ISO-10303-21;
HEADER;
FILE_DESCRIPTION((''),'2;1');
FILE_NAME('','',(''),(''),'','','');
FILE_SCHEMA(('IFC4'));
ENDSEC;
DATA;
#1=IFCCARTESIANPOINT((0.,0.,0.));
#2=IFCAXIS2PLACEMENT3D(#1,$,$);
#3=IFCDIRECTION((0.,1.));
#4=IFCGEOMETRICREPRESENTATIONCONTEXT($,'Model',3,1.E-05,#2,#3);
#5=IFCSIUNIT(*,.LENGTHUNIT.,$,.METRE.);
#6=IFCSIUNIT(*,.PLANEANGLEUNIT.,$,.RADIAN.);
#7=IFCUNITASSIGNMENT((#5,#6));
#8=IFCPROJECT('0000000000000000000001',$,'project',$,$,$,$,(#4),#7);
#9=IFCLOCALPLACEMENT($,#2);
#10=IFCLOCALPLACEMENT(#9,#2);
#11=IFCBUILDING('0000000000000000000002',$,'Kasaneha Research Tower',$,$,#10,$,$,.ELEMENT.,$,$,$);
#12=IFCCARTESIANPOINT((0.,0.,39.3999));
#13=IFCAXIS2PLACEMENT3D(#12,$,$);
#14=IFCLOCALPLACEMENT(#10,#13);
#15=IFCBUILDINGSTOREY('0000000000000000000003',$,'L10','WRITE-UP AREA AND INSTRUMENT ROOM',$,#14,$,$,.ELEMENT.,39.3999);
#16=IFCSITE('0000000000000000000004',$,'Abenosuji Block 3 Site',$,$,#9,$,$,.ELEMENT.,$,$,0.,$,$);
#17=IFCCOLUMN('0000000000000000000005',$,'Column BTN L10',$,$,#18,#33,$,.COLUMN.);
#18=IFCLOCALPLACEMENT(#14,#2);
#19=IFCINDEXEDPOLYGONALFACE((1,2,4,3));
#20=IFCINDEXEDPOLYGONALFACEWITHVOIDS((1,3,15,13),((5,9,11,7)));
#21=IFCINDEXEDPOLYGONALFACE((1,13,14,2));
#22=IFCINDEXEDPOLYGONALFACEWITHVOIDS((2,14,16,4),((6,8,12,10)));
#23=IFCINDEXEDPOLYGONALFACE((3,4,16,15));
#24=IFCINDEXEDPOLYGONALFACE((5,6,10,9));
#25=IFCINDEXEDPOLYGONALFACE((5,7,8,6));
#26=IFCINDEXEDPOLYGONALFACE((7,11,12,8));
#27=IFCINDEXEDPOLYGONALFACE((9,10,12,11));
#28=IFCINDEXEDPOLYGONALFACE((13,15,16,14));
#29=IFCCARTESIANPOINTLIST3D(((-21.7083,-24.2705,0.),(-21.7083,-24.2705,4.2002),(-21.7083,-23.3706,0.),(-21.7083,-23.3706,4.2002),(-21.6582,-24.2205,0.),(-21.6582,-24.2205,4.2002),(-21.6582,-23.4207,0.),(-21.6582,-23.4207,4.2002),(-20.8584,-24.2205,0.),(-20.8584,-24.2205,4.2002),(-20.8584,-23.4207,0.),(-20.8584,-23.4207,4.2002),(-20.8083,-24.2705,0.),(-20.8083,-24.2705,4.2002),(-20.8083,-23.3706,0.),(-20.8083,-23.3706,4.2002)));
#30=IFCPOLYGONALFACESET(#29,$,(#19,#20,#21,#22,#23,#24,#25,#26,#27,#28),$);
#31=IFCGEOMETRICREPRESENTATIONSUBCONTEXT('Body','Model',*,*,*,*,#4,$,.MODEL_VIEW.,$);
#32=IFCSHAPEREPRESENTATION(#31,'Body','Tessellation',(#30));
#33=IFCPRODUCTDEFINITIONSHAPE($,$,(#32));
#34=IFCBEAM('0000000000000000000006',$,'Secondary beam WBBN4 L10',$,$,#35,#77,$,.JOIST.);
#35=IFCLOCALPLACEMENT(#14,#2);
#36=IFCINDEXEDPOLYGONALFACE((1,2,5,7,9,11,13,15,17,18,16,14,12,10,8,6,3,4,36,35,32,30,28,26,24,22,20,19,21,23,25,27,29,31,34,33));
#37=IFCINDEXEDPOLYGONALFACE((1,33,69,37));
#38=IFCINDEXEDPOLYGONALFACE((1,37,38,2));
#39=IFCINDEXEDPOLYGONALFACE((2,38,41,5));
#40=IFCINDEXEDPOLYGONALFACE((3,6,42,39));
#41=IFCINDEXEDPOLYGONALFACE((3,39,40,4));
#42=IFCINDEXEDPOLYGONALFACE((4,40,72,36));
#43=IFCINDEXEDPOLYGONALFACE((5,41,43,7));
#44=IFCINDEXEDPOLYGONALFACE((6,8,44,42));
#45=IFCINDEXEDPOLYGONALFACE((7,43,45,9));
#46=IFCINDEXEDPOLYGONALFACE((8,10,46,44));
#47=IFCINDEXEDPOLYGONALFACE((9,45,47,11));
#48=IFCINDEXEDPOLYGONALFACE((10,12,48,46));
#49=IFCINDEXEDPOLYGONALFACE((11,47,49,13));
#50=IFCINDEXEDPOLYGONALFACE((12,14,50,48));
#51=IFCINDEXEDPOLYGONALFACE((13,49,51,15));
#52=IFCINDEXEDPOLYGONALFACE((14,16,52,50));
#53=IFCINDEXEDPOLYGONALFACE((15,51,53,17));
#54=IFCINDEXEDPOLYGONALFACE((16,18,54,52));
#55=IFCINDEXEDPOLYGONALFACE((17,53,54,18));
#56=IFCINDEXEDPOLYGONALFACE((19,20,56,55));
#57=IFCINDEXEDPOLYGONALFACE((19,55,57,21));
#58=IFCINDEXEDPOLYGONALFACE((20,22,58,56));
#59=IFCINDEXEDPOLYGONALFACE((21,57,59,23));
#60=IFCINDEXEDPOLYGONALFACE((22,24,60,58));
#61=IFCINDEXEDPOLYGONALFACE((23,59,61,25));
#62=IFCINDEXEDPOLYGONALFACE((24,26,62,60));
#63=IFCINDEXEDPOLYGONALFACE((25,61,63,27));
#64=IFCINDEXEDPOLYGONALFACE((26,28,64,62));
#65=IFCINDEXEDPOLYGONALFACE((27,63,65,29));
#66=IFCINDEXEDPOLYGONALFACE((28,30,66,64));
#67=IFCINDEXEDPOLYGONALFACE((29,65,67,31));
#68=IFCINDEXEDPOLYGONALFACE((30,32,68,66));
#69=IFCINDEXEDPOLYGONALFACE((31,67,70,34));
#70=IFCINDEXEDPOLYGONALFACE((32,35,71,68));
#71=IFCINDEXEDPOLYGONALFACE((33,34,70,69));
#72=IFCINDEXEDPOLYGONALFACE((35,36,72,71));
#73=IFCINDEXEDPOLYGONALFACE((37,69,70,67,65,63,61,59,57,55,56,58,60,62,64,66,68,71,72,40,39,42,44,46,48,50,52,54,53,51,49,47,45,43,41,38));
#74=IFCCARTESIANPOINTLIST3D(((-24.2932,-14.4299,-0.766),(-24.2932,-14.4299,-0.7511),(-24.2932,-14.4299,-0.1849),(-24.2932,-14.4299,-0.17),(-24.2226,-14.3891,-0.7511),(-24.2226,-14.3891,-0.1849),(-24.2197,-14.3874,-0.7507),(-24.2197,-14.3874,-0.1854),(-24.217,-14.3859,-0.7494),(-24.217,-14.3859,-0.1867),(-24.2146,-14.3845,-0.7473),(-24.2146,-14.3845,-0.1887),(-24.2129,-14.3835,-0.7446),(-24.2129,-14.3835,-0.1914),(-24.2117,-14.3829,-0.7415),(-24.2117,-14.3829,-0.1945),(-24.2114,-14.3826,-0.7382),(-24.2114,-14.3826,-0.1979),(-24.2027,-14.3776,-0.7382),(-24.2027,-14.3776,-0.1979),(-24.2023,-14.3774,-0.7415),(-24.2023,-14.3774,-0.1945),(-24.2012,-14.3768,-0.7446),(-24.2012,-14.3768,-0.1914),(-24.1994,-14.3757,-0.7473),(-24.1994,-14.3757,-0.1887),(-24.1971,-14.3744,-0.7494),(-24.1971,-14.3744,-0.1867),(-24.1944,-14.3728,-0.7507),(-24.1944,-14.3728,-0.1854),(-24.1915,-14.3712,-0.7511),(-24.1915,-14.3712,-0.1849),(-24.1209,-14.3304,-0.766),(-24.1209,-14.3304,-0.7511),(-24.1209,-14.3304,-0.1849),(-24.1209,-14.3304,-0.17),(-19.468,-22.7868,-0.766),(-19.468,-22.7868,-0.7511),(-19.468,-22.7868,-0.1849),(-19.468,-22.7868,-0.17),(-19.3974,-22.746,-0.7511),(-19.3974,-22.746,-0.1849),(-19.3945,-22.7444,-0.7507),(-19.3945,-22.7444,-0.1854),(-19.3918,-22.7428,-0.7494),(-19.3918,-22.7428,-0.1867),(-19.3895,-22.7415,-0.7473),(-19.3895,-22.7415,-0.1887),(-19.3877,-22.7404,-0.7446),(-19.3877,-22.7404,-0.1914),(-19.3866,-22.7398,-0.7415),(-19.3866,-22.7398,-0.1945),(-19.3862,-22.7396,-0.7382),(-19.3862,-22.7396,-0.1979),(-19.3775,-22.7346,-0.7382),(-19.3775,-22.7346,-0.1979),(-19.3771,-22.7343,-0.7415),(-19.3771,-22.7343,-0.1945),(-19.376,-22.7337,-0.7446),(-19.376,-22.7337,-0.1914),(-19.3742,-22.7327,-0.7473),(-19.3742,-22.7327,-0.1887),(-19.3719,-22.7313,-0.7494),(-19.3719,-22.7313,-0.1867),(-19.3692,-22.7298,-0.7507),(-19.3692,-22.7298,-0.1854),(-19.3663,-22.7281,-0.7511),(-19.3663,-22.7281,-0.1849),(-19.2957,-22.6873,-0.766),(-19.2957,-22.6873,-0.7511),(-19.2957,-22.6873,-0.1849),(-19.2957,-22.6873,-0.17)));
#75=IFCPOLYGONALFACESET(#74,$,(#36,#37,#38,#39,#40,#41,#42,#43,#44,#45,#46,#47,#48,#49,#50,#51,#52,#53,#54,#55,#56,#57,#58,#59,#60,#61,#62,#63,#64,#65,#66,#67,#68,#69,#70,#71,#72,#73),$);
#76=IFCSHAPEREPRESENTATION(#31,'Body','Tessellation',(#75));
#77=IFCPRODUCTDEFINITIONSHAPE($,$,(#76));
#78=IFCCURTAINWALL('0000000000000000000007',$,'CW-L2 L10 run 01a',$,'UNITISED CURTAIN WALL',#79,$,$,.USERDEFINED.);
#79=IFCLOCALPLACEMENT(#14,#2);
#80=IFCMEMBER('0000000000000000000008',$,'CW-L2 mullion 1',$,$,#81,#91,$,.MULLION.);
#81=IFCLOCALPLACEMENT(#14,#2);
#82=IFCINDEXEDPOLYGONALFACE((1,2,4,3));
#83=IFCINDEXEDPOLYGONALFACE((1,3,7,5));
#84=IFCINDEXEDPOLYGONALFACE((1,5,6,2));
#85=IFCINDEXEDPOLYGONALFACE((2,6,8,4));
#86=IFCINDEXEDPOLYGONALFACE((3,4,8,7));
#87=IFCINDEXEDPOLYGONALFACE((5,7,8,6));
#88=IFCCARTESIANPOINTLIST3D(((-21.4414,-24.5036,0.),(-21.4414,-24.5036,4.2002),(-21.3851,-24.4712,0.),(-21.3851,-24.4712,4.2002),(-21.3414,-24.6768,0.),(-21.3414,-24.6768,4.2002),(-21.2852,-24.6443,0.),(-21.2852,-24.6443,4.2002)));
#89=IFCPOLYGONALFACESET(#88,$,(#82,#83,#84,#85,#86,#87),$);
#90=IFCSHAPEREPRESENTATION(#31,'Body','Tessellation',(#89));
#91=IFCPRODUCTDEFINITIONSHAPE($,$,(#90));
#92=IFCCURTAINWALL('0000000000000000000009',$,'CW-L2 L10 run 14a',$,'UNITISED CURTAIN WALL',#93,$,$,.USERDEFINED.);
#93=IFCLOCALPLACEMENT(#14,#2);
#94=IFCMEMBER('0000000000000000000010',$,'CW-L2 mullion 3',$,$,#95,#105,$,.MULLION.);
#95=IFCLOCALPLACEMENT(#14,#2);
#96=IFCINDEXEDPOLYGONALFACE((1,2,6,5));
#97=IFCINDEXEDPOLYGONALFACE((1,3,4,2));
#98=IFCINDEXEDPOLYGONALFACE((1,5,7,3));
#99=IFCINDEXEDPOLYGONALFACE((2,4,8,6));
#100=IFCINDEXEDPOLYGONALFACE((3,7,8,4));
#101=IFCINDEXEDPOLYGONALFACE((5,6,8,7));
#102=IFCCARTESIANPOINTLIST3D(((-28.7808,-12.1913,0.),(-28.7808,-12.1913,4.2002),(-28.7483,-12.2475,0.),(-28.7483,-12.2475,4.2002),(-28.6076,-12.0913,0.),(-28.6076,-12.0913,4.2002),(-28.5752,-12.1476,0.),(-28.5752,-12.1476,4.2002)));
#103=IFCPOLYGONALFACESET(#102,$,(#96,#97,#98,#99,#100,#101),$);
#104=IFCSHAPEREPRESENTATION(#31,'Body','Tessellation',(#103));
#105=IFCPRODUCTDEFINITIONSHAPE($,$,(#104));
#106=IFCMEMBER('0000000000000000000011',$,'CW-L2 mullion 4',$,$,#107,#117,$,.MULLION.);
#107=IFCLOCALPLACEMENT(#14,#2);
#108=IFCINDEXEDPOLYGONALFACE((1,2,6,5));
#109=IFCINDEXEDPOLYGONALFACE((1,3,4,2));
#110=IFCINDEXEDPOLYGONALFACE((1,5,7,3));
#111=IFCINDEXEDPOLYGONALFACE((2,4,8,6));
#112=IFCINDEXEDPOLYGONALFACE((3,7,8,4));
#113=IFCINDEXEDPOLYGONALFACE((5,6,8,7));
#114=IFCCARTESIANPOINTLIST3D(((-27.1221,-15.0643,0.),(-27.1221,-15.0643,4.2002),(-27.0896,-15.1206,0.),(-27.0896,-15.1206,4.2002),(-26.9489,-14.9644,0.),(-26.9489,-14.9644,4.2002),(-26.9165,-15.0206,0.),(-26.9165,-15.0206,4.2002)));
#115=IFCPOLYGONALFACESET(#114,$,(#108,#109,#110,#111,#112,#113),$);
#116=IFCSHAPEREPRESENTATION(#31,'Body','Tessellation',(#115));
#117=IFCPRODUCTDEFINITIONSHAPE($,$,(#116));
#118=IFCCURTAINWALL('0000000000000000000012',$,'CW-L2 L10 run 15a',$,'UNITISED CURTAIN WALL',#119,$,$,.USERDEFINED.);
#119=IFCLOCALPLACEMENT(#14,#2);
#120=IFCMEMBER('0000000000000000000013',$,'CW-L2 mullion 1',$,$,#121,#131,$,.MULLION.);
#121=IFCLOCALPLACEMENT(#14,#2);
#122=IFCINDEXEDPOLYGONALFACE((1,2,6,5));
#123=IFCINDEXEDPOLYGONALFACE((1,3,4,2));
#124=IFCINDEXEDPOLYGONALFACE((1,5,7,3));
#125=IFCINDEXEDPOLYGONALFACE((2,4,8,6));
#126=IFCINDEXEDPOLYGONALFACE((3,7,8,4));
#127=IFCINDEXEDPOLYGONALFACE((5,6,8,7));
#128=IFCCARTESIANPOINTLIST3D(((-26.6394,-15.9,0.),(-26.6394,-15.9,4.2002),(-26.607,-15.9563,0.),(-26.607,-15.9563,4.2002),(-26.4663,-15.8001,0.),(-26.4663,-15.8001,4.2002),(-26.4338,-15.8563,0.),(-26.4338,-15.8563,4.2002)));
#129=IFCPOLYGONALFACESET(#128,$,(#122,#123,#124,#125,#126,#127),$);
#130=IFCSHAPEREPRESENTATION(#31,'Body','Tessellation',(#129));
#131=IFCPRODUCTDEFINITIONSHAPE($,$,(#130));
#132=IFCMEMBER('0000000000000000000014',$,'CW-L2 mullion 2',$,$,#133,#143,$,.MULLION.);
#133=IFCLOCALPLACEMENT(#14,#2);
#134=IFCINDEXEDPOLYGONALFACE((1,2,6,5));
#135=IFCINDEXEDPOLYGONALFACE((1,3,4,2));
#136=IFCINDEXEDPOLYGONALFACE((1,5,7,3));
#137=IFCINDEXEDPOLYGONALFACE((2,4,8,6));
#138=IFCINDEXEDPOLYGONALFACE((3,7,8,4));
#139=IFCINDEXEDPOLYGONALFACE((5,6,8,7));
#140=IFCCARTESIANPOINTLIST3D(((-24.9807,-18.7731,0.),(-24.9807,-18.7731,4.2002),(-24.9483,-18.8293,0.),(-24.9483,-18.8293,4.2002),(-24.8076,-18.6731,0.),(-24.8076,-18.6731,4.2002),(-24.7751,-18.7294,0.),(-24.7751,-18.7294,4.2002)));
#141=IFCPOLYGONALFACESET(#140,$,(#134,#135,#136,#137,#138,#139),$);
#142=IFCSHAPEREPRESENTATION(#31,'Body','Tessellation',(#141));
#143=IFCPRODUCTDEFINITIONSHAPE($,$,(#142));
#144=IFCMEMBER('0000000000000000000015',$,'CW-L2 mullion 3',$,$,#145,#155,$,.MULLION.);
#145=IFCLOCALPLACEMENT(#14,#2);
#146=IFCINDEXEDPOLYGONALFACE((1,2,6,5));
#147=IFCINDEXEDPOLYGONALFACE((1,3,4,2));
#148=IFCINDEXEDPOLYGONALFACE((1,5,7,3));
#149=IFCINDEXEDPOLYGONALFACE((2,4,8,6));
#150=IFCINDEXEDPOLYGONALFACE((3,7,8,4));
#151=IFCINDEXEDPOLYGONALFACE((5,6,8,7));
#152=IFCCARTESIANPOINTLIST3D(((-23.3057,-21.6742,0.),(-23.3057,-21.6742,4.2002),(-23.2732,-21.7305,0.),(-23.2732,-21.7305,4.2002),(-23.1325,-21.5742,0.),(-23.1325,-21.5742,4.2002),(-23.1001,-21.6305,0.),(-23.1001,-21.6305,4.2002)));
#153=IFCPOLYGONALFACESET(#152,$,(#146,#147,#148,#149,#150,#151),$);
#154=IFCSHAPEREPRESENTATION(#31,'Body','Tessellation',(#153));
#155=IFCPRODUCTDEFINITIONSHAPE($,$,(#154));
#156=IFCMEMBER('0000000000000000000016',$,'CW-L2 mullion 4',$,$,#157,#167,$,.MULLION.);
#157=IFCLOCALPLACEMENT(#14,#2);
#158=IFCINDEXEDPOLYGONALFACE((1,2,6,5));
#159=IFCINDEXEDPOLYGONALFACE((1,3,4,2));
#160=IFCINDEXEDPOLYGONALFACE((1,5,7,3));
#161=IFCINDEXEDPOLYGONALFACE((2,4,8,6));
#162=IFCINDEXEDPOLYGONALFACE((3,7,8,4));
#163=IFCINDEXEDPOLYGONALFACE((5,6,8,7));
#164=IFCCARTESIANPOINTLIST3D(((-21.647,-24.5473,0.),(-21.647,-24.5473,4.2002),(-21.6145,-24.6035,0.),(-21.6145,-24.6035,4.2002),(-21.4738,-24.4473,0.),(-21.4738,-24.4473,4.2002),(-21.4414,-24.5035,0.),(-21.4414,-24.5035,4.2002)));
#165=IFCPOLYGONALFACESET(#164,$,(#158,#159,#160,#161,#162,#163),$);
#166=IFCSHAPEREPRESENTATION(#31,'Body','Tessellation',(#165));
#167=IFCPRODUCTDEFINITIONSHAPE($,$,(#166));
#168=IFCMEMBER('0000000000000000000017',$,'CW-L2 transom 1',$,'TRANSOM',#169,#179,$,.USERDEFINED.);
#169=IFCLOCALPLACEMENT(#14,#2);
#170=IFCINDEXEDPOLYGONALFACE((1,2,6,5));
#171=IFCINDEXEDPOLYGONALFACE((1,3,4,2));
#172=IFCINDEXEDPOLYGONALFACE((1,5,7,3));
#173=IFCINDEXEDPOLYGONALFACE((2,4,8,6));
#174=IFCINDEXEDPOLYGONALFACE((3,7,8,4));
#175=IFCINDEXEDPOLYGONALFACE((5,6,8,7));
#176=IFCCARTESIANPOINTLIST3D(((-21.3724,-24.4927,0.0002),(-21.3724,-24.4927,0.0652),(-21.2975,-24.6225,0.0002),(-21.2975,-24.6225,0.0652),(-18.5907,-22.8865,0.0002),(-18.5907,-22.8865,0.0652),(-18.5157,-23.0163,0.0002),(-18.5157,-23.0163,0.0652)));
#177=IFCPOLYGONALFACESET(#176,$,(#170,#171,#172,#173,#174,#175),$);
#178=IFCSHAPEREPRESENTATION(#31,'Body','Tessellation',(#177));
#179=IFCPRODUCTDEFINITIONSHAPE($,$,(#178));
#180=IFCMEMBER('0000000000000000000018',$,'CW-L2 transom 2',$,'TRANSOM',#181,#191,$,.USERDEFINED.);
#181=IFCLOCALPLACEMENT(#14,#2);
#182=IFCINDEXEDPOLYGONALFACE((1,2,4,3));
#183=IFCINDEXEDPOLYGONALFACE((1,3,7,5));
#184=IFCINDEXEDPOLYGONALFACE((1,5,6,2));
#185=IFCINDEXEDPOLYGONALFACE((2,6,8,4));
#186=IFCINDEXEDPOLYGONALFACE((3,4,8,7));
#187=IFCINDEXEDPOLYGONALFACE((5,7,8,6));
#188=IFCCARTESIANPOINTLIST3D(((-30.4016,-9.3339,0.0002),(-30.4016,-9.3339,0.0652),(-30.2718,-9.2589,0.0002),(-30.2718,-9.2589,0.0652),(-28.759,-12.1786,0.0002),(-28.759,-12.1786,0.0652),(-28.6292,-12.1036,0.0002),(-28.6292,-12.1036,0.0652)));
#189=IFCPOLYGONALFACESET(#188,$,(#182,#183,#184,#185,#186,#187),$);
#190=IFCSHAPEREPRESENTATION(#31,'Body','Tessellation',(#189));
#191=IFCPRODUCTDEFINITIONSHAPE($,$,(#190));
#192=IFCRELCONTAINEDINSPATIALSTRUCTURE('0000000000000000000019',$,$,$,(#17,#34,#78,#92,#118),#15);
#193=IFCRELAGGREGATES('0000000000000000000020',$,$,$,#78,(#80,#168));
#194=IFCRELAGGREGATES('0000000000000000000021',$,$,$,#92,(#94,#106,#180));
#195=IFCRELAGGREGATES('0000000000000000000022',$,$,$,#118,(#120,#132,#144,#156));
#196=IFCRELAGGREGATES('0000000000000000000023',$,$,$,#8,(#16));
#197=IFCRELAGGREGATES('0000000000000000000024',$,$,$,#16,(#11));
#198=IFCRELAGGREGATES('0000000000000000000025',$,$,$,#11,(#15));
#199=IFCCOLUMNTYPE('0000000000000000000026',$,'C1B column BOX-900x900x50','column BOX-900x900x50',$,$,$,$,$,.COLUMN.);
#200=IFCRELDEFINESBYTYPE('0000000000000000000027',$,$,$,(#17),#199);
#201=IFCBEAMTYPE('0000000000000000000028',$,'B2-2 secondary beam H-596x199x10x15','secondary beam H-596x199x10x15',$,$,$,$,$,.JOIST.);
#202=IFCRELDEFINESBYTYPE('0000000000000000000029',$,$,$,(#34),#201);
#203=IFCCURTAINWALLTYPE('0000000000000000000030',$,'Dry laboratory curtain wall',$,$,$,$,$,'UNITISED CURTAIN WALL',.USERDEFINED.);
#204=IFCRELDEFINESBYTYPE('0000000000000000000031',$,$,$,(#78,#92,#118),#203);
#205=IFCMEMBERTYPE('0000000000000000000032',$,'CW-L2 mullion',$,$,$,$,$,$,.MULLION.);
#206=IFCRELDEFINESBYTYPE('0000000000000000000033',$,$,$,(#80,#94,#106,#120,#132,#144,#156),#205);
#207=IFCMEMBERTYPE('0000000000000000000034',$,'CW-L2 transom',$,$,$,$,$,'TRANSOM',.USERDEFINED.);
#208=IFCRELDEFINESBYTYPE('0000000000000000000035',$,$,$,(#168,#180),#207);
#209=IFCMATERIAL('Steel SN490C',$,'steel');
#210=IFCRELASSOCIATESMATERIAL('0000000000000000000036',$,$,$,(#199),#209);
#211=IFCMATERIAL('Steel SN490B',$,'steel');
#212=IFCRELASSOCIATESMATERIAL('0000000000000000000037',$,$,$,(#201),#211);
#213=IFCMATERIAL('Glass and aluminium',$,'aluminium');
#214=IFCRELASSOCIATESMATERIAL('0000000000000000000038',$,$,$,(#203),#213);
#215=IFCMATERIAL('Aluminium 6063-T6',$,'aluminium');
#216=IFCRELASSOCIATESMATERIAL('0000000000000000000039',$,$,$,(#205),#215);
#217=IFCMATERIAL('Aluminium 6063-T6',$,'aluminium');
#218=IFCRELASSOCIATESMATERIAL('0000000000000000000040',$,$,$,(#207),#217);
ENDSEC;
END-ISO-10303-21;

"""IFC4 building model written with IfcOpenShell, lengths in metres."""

from ifc_helpers import new_model, si_unit, direction, frame, origin, origin_2d, place, context, subcontext, project, spatial, rectangle, hollow_rectangle, i_section, extrude, material, material_profile, profile_set, type_object, element, aggregate, save


model = new_model("IFC4")

# Units and contexts
model_context = context("Model", 3, precision=1e-05, world=origin(), true_north=direction((0.0, 1.0)))
body_context = subcontext(model_context, "Body", "Model", "MODEL_VIEW")
ifc_project = project(units=[si_unit("LENGTHUNIT", "METRE"), si_unit("PLANEANGLEUNIT", "RADIAN")], contexts=[model_context])

# Site, building, storey
site_placement = place(None, origin())
site = spatial("IfcSite", under=ifc_project, at=site_placement, Name="Abenosuji Block 3 Site", CompositionType="ELEMENT", RefElevation=0.0)
building_placement = place(site_placement, origin())
building = spatial("IfcBuilding", under=site, at=building_placement, Name="Kasaneha Research Tower", CompositionType="ELEMENT")
storey_placement = place(building_placement, frame((0.0, 0.0, 39.3999)))
storey = spatial("IfcBuildingStorey", under=building, at=storey_placement, Name="L10", Description="WRITE-UP AREA AND INSTRUMENT ROOM", CompositionType="ELEMENT", Elevation=39.3999)

# Column
ifc_material_1 = material(Name="Steel SN490C", Category="steel")
ifc_material_profile_1 = material_profile(ifc_material_1, hollow_rectangle(XDim=0.8999, YDim=0.8999, WallThickness=0.05, at=origin_2d()), Name="BOX-900x900x50")
ifc_profile_set_1 = profile_set([ifc_material_profile_1], Name="Steel SN490C")
column_type = type_object("IfcColumnType", Name="C1B column BOX-900x900x50", Description="column BOX-900x900x50", PredefinedType="COLUMN", material=ifc_profile_set_1)
column_placement = place(storey_placement, frame((-21.2583, -23.8206, 0.0), z_axis=(0.0, 0.0, 1.0), x_axis=(1.0, 0.0, 0.0)))
element("IfcColumn", 1, at=column_placement, inside=storey, type_object=column_type, Name="Column BTN L10", PredefinedType="COLUMN", context=body_context, shape_type="SweptSolid", body=[
    extrude(hollow_rectangle(XDim=0.8999, YDim=0.8999, WallThickness=0.05, at=origin_2d()), origin(), (0.0, 0.0, 1.0), 4.2002),
])

# Beam
ifc_material_2 = material(Name="Steel SN490B", Category="steel")
ifc_material_profile_2 = material_profile(ifc_material_2, i_section(OverallWidth=0.199, OverallDepth=0.5959, WebThickness=0.01, FlangeThickness=0.0149, FilletRadius=0.0129, at=origin_2d()), Name="H-596x199x10x15")
ifc_profile_set_2 = profile_set([ifc_material_profile_2], Name="Steel SN490B")
beam_type_1 = type_object("IfcBeamType", Name="B2-2 secondary beam H-596x199x10x15", Description="secondary beam H-596x199x10x15", PredefinedType="JOIST", material=ifc_profile_set_2)
beam_1_placement = place(storey_placement, frame((-19.3818, -22.7371, -0.468), z_axis=(-0.500025, 0.866011, 0.0), x_axis=(-0.866011, -0.500025, 0.0)))
element("IfcBeam", 2, at=beam_1_placement, inside=storey, type_object=beam_type_1, Name="Secondary beam WBBN4 L10", PredefinedType="JOIST", context=body_context, shape_type="SweptSolid", body=[
    extrude(i_section(OverallWidth=0.199, OverallDepth=0.5959, WebThickness=0.01, FlangeThickness=0.0149, FilletRadius=0.0129, at=origin_2d()), origin(), (0.0, 0.0, 1.0), 9.6499),
])

# Curtain wall, member
ifc_material_3 = material(Name="Glass and aluminium", Category="aluminium")
curtain_wall_type = type_object("IfcCurtainWallType", Name="Dry laboratory curtain wall", ElementType="UNITISED CURTAIN WALL", PredefinedType="USERDEFINED", material=ifc_material_3)
curtain_wall_1_placement = place(storey_placement, origin())
curtain_wall_1 = element("IfcCurtainWall", 3, at=curtain_wall_1_placement, inside=storey, type_object=curtain_wall_type, Name="CW-L2 L10 run 01a", ObjectType="UNITISED CURTAIN WALL", PredefinedType="USERDEFINED")
ifc_material_4 = material(Name="Aluminium 6063-T6", Category="aluminium")
ifc_material_profile_3 = material_profile(ifc_material_4, rectangle(XDim=0.0649, YDim=0.2, at=origin_2d()), Name="CW-L2 mullion 65x200")
ifc_profile_set_3 = profile_set([ifc_material_profile_3], Name="Aluminium 6063-T6")
member_type_1 = type_object("IfcMemberType", Name="CW-L2 mullion", PredefinedType="MULLION", material=ifc_profile_set_3)
member_1_placement = place(storey_placement, frame((-21.3633, -24.574, 0.0), z_axis=(0.0, 0.0, 1.0), x_axis=(0.866025, 0.5, 0.0)))
member_1 = element("IfcMember", 4, at=member_1_placement, type_object=member_type_1, Name="CW-L2 mullion 1", PredefinedType="MULLION", context=body_context, shape_type="SweptSolid", body=[
    extrude(rectangle(XDim=0.0649, YDim=0.2, at=origin_2d()), origin(), (0.0, 0.0, 1.0), 4.2002),
])

# Curtain walls, members
curtain_wall_2_placement = place(storey_placement, origin())
curtain_wall_2 = element("IfcCurtainWall", 5, at=curtain_wall_2_placement, inside=storey, type_object=curtain_wall_type, Name="CW-L2 L10 run 14a", ObjectType="UNITISED CURTAIN WALL", PredefinedType="USERDEFINED")
member_2_placement = place(storey_placement, frame((-28.678, -12.1694, 0.0), z_axis=(0.0, 0.0, 1.0), x_axis=(0.5, -0.866025, 0.0)))
member_2 = element("IfcMember", 6, at=member_2_placement, type_object=member_type_1, Name="CW-L2 mullion 3", PredefinedType="MULLION", context=body_context, shape_type="SweptSolid", body=[
    extrude(rectangle(XDim=0.0649, YDim=0.2, at=origin_2d()), origin(), (0.0, 0.0, 1.0), 4.2002),
])
member_3_placement = place(storey_placement, frame((-27.0193, -15.0425, 0.0), z_axis=(0.0, 0.0, 1.0), x_axis=(0.5, -0.866025, 0.0)))
member_3 = element("IfcMember", 7, at=member_3_placement, type_object=member_type_1, Name="CW-L2 mullion 4", PredefinedType="MULLION", context=body_context, shape_type="SweptSolid", body=[
    extrude(rectangle(XDim=0.0649, YDim=0.2, at=origin_2d()), origin(), (0.0, 0.0, 1.0), 4.2002),
])
curtain_wall_3_placement = place(storey_placement, origin())
curtain_wall_3 = element("IfcCurtainWall", 8, at=curtain_wall_3_placement, inside=storey, type_object=curtain_wall_type, Name="CW-L2 L10 run 15a", ObjectType="UNITISED CURTAIN WALL", PredefinedType="USERDEFINED")
member_4_placement = place(storey_placement, frame((-26.5366, -15.8782, 0.0), z_axis=(0.0, 0.0, 1.0), x_axis=(0.5, -0.866025, 0.0)))
member_4 = element("IfcMember", 9, at=member_4_placement, type_object=member_type_1, Name="CW-L2 mullion 1", PredefinedType="MULLION", context=body_context, shape_type="SweptSolid", body=[
    extrude(rectangle(XDim=0.0649, YDim=0.2, at=origin_2d()), origin(), (0.0, 0.0, 1.0), 4.2002),
])
member_5_placement = place(storey_placement, frame((-24.8779, -18.7512, 0.0), z_axis=(0.0, 0.0, 1.0), x_axis=(0.5, -0.866025, 0.0)))
member_5 = element("IfcMember", 10, at=member_5_placement, type_object=member_type_1, Name="CW-L2 mullion 2", PredefinedType="MULLION", context=body_context, shape_type="SweptSolid", body=[
    extrude(rectangle(XDim=0.0649, YDim=0.2, at=origin_2d()), origin(), (0.0, 0.0, 1.0), 4.2002),
])
member_6_placement = place(storey_placement, frame((-23.2029, -21.6523, 0.0), z_axis=(0.0, 0.0, 1.0), x_axis=(0.5, -0.866025, 0.0)))
member_6 = element("IfcMember", 11, at=member_6_placement, type_object=member_type_1, Name="CW-L2 mullion 3", PredefinedType="MULLION", context=body_context, shape_type="SweptSolid", body=[
    extrude(rectangle(XDim=0.0649, YDim=0.2, at=origin_2d()), origin(), (0.0, 0.0, 1.0), 4.2002),
])
member_7_placement = place(storey_placement, frame((-21.5442, -24.5254, 0.0), z_axis=(0.0, 0.0, 1.0), x_axis=(0.5, -0.866025, 0.0)))
member_7 = element("IfcMember", 12, at=member_7_placement, type_object=member_type_1, Name="CW-L2 mullion 4", PredefinedType="MULLION", context=body_context, shape_type="SweptSolid", body=[
    extrude(rectangle(XDim=0.0649, YDim=0.2, at=origin_2d()), origin(), (0.0, 0.0, 1.0), 4.2002),
])

# Members
ifc_material_5 = material(Name="Aluminium 6063-T6", Category="aluminium")
ifc_material_profile_4 = material_profile(ifc_material_5, rectangle(XDim=0.1499, YDim=0.0649, at=origin_2d()), Name="CW-L2 transom 150x65")
ifc_profile_set_4 = profile_set([ifc_material_profile_4], Name="Aluminium 6063-T6")
member_type_2 = type_object("IfcMemberType", Name="CW-L2 transom", ElementType="TRANSOM", PredefinedType="USERDEFINED", material=ifc_profile_set_4)
member_8_placement = place(storey_placement, frame((-21.335, -24.5576, 0.0327), z_axis=(0.866003, 0.500038, 0.0), x_axis=(-0.500038, 0.866003, 0.0)))
member_8 = element("IfcMember", 13, at=member_8_placement, type_object=member_type_2, Name="CW-L2 transom 1", ObjectType="TRANSOM", PredefinedType="USERDEFINED", context=body_context, shape_type="SweptSolid", body=[
    extrude(rectangle(XDim=0.1499, YDim=0.0649, at=origin_2d()), origin(), (0.0, 0.0, 1.0), 3.2122),
])
member_9_placement = place(storey_placement, frame((-30.3367, -9.2964, 0.0327), z_axis=(0.50004, -0.866002, 0.0), x_axis=(0.866002, 0.50004, 0.0)))
member_9 = element("IfcMember", 14, at=member_9_placement, type_object=member_type_2, Name="CW-L2 transom 2", ObjectType="TRANSOM", PredefinedType="USERDEFINED", context=body_context, shape_type="SweptSolid", body=[
    extrude(rectangle(XDim=0.1499, YDim=0.0649, at=origin_2d()), origin(), (0.0, 0.0, 1.0), 3.2849),
])

aggregate(curtain_wall_1, [member_1, member_8])
aggregate(curtain_wall_2, [member_2, member_3, member_9])
aggregate(curtain_wall_3, [member_4, member_5, member_6, member_7])

save(model, "model.ifc")
